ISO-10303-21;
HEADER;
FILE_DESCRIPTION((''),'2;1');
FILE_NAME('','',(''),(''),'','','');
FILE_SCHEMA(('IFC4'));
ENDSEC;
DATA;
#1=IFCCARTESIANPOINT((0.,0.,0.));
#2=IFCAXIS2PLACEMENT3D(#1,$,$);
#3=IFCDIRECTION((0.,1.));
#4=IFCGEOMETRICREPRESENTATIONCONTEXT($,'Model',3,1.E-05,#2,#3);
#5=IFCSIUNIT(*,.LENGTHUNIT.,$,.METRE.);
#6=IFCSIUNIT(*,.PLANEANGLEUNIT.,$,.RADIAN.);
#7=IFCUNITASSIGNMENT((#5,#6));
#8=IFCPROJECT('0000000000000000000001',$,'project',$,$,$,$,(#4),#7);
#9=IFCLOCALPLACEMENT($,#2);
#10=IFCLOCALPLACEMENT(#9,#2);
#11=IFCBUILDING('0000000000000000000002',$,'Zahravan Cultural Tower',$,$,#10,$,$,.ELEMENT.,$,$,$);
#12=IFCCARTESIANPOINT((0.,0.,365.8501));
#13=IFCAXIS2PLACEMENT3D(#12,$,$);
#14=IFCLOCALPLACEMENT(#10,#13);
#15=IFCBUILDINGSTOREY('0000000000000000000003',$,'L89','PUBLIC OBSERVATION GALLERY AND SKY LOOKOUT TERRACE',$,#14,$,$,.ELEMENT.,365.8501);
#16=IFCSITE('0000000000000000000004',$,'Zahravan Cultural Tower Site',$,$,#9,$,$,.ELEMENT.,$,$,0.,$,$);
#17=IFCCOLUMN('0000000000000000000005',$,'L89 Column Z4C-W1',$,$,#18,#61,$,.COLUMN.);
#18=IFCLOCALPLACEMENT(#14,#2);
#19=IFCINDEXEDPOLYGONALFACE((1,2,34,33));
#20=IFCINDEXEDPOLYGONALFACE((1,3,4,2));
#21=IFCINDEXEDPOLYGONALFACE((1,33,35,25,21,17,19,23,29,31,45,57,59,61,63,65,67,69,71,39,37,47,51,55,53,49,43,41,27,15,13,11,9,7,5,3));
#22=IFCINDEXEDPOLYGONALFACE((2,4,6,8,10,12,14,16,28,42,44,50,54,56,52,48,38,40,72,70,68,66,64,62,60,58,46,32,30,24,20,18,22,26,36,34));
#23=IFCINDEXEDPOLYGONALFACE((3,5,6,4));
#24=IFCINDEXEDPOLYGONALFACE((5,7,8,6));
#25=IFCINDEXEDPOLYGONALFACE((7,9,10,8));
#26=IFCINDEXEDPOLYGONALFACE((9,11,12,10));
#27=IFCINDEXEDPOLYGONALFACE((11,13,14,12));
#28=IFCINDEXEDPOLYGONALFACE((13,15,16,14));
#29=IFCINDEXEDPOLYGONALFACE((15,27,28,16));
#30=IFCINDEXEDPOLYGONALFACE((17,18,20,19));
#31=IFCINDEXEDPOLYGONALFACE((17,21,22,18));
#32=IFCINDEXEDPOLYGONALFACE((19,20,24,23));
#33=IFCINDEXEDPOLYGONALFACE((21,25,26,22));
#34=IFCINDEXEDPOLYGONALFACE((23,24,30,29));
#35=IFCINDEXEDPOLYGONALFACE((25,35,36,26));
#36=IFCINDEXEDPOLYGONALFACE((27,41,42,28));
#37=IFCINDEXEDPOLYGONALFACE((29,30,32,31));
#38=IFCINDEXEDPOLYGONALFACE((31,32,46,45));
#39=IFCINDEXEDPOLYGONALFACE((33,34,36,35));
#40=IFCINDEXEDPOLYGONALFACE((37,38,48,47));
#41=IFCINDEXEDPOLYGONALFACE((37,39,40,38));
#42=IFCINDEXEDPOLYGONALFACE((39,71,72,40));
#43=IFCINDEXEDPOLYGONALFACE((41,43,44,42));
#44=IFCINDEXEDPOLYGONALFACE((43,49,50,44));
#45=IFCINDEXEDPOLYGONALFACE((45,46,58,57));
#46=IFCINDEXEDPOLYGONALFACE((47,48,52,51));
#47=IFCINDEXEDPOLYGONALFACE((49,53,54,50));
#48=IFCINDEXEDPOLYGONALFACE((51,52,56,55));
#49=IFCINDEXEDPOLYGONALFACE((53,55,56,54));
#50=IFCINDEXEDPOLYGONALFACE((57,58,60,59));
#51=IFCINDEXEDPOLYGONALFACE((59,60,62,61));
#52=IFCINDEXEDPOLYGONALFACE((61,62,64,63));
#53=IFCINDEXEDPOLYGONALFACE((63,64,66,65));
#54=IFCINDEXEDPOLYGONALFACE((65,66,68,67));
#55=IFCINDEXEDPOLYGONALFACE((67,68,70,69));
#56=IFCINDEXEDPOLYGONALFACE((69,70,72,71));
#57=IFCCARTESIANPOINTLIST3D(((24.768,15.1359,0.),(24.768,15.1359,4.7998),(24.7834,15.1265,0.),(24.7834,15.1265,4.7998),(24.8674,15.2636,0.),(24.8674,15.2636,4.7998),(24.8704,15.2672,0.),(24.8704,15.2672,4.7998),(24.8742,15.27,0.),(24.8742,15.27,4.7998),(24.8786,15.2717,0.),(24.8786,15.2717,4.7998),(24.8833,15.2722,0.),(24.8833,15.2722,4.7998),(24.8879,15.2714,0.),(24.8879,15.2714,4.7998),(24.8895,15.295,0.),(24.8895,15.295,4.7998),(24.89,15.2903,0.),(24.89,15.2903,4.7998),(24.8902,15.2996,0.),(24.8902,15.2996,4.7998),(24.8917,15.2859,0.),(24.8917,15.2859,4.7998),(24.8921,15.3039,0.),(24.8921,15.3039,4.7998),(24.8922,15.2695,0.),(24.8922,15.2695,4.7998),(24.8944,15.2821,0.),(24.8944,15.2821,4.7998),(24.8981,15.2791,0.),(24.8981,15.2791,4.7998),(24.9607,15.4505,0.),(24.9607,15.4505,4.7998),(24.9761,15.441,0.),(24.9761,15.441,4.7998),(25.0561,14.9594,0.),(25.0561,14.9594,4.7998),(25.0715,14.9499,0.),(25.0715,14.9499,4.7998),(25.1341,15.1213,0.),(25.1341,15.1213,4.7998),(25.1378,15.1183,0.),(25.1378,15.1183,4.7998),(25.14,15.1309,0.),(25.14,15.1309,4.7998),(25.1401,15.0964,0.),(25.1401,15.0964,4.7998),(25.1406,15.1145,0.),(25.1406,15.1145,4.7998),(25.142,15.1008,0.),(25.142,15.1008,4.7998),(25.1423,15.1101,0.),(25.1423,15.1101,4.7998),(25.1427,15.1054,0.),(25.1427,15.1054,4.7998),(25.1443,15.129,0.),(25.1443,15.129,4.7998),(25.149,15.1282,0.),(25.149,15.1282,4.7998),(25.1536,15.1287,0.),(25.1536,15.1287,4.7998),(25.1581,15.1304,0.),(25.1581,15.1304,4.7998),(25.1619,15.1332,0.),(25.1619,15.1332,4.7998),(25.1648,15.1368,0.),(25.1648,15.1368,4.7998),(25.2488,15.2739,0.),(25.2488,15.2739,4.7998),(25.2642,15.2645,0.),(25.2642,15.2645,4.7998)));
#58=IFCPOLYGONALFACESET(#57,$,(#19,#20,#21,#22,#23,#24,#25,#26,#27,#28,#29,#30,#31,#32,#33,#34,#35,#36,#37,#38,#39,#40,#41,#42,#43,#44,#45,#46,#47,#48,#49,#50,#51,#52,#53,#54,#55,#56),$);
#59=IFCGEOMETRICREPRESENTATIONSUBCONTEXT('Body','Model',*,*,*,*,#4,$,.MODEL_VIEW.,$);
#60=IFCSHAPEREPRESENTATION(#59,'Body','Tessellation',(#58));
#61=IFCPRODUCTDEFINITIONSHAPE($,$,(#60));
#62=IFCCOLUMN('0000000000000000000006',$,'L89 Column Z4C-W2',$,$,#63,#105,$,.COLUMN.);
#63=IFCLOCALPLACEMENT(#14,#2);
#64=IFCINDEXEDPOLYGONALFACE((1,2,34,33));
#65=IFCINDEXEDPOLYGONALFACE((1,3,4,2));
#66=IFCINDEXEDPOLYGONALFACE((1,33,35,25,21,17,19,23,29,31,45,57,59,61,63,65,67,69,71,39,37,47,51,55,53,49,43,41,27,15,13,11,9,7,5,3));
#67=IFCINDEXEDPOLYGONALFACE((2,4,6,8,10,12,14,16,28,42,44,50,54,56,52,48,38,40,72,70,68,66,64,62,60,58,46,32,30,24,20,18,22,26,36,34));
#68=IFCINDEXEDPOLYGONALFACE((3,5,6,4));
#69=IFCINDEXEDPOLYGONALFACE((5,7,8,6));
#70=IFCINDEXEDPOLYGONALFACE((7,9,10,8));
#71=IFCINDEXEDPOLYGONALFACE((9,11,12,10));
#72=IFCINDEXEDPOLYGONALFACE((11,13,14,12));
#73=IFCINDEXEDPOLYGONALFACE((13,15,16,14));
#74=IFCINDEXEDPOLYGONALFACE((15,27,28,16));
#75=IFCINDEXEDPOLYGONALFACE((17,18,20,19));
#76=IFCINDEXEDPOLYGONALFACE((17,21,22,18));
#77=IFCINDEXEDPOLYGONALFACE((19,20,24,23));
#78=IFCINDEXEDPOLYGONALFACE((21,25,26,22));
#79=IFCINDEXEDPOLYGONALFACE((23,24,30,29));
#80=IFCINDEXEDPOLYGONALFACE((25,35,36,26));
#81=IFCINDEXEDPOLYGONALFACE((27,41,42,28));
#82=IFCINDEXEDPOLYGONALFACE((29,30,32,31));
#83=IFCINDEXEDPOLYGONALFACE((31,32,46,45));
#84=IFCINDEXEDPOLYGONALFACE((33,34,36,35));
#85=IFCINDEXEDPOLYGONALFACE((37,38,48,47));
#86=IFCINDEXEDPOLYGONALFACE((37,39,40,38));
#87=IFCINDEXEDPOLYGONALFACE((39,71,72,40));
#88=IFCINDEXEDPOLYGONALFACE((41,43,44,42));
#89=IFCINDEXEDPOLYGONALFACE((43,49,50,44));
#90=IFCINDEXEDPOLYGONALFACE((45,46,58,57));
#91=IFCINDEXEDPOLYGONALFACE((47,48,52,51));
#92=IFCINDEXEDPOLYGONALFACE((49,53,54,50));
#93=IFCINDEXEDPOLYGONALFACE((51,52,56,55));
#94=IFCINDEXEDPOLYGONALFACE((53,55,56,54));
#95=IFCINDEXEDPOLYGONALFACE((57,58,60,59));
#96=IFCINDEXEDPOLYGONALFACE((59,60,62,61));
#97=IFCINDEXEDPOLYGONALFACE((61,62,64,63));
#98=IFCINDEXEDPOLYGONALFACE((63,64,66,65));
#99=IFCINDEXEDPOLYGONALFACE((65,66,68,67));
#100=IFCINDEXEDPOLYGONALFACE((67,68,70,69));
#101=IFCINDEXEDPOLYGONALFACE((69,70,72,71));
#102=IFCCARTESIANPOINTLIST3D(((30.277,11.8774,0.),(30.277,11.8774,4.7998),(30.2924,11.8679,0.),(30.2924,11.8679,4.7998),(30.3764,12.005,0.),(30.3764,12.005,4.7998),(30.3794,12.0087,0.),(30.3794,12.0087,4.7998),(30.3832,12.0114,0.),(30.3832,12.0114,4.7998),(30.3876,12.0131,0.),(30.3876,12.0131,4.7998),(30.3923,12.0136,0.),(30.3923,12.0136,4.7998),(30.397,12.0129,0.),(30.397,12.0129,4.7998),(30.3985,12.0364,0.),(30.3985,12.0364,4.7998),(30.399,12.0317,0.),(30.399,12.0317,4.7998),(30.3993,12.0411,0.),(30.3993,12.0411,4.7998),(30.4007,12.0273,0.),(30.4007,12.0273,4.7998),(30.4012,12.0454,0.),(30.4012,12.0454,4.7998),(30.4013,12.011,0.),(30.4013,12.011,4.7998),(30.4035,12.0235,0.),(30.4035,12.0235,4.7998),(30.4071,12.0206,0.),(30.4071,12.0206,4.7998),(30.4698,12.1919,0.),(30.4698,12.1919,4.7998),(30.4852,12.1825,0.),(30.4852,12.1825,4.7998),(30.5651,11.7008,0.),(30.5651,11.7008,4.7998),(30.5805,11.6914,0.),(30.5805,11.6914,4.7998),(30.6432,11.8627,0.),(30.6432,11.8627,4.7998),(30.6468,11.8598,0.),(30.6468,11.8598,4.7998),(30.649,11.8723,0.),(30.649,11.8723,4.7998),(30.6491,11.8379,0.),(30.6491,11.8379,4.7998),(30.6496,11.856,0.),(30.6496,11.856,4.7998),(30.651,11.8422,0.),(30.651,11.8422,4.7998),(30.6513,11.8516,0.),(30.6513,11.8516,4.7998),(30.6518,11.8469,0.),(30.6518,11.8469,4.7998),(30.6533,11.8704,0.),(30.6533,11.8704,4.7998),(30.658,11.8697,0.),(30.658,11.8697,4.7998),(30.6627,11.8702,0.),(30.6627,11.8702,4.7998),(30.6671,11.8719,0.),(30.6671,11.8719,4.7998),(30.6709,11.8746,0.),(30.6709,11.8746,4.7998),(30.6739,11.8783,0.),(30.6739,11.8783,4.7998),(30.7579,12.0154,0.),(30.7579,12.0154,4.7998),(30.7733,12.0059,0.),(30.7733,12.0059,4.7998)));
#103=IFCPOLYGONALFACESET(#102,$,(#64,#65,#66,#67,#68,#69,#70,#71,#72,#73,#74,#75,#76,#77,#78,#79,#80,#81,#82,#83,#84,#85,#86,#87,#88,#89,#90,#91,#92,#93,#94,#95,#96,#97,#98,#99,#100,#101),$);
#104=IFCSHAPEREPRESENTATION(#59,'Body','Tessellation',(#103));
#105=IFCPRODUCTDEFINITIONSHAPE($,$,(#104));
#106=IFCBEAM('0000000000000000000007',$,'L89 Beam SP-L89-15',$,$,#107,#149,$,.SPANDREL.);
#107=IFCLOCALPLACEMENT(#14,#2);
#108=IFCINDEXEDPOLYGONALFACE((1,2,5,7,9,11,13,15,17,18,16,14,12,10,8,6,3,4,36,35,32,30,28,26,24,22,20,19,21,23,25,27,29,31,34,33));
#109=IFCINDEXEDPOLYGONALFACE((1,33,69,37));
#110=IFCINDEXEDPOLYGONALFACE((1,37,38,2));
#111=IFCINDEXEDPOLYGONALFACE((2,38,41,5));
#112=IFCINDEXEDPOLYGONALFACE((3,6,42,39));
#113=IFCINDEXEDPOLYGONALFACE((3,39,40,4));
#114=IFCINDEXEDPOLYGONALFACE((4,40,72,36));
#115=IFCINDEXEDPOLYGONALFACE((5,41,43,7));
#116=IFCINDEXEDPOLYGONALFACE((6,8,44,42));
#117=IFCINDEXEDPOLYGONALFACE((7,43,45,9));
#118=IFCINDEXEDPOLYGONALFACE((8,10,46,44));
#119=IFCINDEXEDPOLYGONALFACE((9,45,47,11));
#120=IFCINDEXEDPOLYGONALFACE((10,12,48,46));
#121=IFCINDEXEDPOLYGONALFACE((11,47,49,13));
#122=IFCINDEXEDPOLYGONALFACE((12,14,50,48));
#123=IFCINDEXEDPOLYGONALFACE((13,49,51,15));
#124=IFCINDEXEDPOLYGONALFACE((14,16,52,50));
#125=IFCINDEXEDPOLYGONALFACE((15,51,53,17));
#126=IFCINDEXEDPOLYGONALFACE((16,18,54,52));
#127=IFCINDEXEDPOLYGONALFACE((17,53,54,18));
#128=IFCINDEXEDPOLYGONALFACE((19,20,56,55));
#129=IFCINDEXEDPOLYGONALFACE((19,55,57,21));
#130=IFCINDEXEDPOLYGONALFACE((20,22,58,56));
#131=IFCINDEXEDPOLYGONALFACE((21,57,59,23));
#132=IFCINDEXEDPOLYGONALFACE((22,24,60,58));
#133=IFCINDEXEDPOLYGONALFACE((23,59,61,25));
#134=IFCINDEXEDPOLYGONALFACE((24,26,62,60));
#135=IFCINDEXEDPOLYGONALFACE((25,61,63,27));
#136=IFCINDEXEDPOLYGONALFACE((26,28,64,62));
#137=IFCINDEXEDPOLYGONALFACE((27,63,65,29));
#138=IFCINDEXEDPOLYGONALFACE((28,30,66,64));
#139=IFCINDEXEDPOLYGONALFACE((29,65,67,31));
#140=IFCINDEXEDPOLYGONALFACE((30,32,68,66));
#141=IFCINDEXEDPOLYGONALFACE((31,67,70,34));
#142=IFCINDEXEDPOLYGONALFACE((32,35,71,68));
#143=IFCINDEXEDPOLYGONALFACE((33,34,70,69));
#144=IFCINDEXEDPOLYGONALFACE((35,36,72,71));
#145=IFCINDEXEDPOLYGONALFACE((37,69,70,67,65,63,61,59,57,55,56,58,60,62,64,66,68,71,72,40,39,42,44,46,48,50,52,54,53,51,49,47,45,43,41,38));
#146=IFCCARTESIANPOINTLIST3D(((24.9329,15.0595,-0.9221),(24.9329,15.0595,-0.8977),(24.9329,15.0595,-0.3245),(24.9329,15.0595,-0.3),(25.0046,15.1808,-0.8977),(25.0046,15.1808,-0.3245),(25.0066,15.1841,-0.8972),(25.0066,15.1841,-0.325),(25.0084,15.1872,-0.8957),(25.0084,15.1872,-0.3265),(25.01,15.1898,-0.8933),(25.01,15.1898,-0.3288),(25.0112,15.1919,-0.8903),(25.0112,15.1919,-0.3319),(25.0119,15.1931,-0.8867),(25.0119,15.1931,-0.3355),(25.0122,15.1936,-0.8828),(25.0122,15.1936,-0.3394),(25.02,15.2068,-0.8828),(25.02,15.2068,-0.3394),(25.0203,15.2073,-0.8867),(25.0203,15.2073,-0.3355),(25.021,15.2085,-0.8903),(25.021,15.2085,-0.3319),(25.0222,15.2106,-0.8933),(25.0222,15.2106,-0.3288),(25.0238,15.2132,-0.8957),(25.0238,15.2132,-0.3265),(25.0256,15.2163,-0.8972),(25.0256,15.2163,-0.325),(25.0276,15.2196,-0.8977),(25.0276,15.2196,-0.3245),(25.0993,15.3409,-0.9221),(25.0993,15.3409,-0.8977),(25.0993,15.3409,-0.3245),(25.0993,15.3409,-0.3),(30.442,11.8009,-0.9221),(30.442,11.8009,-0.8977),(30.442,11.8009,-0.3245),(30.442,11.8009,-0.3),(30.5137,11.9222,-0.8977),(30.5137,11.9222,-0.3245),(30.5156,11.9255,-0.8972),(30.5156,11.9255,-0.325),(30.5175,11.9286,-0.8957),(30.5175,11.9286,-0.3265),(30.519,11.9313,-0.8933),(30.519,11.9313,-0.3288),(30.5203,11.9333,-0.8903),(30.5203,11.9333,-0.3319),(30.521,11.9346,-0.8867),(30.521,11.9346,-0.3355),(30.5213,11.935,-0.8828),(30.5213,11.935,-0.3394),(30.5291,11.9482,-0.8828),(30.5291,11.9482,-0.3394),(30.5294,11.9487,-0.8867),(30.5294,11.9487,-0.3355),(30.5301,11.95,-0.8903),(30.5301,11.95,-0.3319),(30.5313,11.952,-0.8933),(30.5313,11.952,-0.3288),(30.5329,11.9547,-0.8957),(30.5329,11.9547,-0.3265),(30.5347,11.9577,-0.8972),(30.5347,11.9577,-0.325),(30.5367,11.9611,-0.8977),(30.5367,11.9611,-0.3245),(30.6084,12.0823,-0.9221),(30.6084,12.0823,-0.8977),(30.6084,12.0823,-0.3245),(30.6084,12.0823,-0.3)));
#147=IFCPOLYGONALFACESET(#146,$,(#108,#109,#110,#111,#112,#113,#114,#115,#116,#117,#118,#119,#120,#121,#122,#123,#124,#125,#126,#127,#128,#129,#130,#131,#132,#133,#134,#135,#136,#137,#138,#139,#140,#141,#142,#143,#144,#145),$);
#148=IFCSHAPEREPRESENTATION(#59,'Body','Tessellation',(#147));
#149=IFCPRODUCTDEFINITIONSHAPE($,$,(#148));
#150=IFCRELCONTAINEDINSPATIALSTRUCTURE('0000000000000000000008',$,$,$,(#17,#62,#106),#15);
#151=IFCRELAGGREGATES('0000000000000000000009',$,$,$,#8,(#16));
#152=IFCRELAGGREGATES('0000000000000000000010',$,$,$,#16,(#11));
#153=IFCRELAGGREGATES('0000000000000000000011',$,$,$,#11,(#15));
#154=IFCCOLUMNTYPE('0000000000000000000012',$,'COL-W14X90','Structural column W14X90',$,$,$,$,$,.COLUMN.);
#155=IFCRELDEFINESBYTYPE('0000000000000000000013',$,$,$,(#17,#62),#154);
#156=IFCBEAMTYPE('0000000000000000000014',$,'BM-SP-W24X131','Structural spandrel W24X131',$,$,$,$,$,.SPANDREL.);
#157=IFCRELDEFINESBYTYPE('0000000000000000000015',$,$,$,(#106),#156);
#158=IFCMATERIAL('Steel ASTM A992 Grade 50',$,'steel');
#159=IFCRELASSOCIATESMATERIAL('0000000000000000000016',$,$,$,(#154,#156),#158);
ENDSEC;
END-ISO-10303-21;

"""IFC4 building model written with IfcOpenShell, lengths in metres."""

from ifc_helpers import new_model, si_unit, direction, frame, origin, origin_2d, place, context, subcontext, project, spatial, i_section, extrude, source, transform, mapped, material, material_profile, profile_set, type_object, element, save


model = new_model("IFC4")

# Units and contexts
model_context = context("Model", 3, precision=1e-05, world=origin(), true_north=direction((0.0, 1.0)))
body_context = subcontext(model_context, "Body", "Model", "MODEL_VIEW")
ifc_project = project(units=[si_unit("LENGTHUNIT", "METRE"), si_unit("PLANEANGLEUNIT", "RADIAN")], contexts=[model_context])

# Site, building, storey
site_placement = place(None, origin())
site = spatial("IfcSite", under=ifc_project, at=site_placement, Name="Zahravan Cultural Tower Site", CompositionType="ELEMENT", RefElevation=0.0)
building_placement = place(site_placement, origin())
building = spatial("IfcBuilding", under=site, at=building_placement, Name="Zahravan Cultural Tower", CompositionType="ELEMENT")
storey_placement = place(building_placement, frame((0.0, 0.0, 365.8501)))
storey = spatial("IfcBuildingStorey", under=building, at=storey_placement, Name="L89", Description="PUBLIC OBSERVATION GALLERY AND SKY LOOKOUT TERRACE", CompositionType="ELEMENT", Elevation=365.8501)

# Columns
ifc_material_1 = material(Name="Steel ASTM A992 Grade 50", Category="steel")
ifc_material_profile_1 = material_profile(ifc_material_1, i_section(OverallWidth=0.3689, OverallDepth=0.356, WebThickness=0.0112, FlangeThickness=0.0181, FilletRadius=0.0181, at=origin_2d()), Name="W14X90")
ifc_profile_set_1 = profile_set([ifc_material_profile_1], Name="Steel ASTM A992 Grade 50")
column_type = type_object("IfcColumnType", Name="COL-W14X90", Description="Structural column W14X90", PredefinedType="COLUMN", material=ifc_profile_set_1)
shared_shape_1 = source(origin(), body_context, "Body", "SweptSolid", [
    extrude(i_section(OverallWidth=0.3689, OverallDepth=0.356, WebThickness=0.0112, FlangeThickness=0.0181, FilletRadius=0.0181, at=origin_2d()), origin(), (0.0, 0.0, 1.0), 4.7998),
])
for number, where, z_axis, x_axis, name in (
    (1, (25.0161, 15.2002, 0.0), (0.0, 0.0, 1.0), (0.522499, 0.85264, 0.0), "L89 Column Z4C-W1"),
    (2, (30.5251, 11.9417, 0.0), (0.0, 0.0, 1.0), (0.522499, 0.85264, 0.0), "L89 Column Z4C-W2"),
):
    element("IfcColumn", number, at=place(storey_placement, frame(where, z_axis=z_axis, x_axis=x_axis)), inside=storey, type_object=column_type, Name=name, PredefinedType="COLUMN", context=body_context, shape_type="MappedRepresentation", body=[
        mapped(shared_shape_1, transform((0.0, 0.0, 0.0), x_axis=(1.0, 0.0, 0.0), y_axis=(0.0, 1.0, 0.0), z_axis=(0.0, 0.0, 1.0), scale=1.0)),
    ])

# Beam
ifc_material_profile_2 = material_profile(ifc_material_1, i_section(OverallWidth=0.3269, OverallDepth=0.6221, WebThickness=0.0154, FlangeThickness=0.0244, FilletRadius=0.0149, at=origin_2d()), Name="W24X131")
ifc_profile_set_2 = profile_set([ifc_material_profile_2], Name="Steel ASTM A992 Grade 50")
beam_type_1 = type_object("IfcBeamType", Name="BM-SP-W24X131", Description="Structural spandrel W24X131", PredefinedType="SPANDREL", material=ifc_profile_set_2)
shared_shape_2 = source(origin(), body_context, "Body", "SweptSolid", [
    extrude(i_section(OverallWidth=0.3269, OverallDepth=0.6221, WebThickness=0.0154, FlangeThickness=0.0244, FilletRadius=0.0149, at=origin_2d()), origin(), (0.0, 0.0, 1.0), 6.4006),
])
beam_1_placement = place(storey_placement, frame((25.0161, 15.2002, -0.6111), z_axis=(0.860707, -0.509101, 0.0), x_axis=(0.509101, 0.860707, 0.0)))
element("IfcBeam", 3, at=beam_1_placement, inside=storey, type_object=beam_type_1, Name="L89 Beam SP-L89-15", PredefinedType="SPANDREL", context=body_context, shape_type="MappedRepresentation", body=[
    mapped(shared_shape_2, transform((0.0, 0.0, 0.0), x_axis=(1.0, 0.0, 0.0), y_axis=(0.0, 1.0, 0.0), z_axis=(0.0, 0.0, 1.0), scale=1.0)),
])

save(model, "model.ifc")
